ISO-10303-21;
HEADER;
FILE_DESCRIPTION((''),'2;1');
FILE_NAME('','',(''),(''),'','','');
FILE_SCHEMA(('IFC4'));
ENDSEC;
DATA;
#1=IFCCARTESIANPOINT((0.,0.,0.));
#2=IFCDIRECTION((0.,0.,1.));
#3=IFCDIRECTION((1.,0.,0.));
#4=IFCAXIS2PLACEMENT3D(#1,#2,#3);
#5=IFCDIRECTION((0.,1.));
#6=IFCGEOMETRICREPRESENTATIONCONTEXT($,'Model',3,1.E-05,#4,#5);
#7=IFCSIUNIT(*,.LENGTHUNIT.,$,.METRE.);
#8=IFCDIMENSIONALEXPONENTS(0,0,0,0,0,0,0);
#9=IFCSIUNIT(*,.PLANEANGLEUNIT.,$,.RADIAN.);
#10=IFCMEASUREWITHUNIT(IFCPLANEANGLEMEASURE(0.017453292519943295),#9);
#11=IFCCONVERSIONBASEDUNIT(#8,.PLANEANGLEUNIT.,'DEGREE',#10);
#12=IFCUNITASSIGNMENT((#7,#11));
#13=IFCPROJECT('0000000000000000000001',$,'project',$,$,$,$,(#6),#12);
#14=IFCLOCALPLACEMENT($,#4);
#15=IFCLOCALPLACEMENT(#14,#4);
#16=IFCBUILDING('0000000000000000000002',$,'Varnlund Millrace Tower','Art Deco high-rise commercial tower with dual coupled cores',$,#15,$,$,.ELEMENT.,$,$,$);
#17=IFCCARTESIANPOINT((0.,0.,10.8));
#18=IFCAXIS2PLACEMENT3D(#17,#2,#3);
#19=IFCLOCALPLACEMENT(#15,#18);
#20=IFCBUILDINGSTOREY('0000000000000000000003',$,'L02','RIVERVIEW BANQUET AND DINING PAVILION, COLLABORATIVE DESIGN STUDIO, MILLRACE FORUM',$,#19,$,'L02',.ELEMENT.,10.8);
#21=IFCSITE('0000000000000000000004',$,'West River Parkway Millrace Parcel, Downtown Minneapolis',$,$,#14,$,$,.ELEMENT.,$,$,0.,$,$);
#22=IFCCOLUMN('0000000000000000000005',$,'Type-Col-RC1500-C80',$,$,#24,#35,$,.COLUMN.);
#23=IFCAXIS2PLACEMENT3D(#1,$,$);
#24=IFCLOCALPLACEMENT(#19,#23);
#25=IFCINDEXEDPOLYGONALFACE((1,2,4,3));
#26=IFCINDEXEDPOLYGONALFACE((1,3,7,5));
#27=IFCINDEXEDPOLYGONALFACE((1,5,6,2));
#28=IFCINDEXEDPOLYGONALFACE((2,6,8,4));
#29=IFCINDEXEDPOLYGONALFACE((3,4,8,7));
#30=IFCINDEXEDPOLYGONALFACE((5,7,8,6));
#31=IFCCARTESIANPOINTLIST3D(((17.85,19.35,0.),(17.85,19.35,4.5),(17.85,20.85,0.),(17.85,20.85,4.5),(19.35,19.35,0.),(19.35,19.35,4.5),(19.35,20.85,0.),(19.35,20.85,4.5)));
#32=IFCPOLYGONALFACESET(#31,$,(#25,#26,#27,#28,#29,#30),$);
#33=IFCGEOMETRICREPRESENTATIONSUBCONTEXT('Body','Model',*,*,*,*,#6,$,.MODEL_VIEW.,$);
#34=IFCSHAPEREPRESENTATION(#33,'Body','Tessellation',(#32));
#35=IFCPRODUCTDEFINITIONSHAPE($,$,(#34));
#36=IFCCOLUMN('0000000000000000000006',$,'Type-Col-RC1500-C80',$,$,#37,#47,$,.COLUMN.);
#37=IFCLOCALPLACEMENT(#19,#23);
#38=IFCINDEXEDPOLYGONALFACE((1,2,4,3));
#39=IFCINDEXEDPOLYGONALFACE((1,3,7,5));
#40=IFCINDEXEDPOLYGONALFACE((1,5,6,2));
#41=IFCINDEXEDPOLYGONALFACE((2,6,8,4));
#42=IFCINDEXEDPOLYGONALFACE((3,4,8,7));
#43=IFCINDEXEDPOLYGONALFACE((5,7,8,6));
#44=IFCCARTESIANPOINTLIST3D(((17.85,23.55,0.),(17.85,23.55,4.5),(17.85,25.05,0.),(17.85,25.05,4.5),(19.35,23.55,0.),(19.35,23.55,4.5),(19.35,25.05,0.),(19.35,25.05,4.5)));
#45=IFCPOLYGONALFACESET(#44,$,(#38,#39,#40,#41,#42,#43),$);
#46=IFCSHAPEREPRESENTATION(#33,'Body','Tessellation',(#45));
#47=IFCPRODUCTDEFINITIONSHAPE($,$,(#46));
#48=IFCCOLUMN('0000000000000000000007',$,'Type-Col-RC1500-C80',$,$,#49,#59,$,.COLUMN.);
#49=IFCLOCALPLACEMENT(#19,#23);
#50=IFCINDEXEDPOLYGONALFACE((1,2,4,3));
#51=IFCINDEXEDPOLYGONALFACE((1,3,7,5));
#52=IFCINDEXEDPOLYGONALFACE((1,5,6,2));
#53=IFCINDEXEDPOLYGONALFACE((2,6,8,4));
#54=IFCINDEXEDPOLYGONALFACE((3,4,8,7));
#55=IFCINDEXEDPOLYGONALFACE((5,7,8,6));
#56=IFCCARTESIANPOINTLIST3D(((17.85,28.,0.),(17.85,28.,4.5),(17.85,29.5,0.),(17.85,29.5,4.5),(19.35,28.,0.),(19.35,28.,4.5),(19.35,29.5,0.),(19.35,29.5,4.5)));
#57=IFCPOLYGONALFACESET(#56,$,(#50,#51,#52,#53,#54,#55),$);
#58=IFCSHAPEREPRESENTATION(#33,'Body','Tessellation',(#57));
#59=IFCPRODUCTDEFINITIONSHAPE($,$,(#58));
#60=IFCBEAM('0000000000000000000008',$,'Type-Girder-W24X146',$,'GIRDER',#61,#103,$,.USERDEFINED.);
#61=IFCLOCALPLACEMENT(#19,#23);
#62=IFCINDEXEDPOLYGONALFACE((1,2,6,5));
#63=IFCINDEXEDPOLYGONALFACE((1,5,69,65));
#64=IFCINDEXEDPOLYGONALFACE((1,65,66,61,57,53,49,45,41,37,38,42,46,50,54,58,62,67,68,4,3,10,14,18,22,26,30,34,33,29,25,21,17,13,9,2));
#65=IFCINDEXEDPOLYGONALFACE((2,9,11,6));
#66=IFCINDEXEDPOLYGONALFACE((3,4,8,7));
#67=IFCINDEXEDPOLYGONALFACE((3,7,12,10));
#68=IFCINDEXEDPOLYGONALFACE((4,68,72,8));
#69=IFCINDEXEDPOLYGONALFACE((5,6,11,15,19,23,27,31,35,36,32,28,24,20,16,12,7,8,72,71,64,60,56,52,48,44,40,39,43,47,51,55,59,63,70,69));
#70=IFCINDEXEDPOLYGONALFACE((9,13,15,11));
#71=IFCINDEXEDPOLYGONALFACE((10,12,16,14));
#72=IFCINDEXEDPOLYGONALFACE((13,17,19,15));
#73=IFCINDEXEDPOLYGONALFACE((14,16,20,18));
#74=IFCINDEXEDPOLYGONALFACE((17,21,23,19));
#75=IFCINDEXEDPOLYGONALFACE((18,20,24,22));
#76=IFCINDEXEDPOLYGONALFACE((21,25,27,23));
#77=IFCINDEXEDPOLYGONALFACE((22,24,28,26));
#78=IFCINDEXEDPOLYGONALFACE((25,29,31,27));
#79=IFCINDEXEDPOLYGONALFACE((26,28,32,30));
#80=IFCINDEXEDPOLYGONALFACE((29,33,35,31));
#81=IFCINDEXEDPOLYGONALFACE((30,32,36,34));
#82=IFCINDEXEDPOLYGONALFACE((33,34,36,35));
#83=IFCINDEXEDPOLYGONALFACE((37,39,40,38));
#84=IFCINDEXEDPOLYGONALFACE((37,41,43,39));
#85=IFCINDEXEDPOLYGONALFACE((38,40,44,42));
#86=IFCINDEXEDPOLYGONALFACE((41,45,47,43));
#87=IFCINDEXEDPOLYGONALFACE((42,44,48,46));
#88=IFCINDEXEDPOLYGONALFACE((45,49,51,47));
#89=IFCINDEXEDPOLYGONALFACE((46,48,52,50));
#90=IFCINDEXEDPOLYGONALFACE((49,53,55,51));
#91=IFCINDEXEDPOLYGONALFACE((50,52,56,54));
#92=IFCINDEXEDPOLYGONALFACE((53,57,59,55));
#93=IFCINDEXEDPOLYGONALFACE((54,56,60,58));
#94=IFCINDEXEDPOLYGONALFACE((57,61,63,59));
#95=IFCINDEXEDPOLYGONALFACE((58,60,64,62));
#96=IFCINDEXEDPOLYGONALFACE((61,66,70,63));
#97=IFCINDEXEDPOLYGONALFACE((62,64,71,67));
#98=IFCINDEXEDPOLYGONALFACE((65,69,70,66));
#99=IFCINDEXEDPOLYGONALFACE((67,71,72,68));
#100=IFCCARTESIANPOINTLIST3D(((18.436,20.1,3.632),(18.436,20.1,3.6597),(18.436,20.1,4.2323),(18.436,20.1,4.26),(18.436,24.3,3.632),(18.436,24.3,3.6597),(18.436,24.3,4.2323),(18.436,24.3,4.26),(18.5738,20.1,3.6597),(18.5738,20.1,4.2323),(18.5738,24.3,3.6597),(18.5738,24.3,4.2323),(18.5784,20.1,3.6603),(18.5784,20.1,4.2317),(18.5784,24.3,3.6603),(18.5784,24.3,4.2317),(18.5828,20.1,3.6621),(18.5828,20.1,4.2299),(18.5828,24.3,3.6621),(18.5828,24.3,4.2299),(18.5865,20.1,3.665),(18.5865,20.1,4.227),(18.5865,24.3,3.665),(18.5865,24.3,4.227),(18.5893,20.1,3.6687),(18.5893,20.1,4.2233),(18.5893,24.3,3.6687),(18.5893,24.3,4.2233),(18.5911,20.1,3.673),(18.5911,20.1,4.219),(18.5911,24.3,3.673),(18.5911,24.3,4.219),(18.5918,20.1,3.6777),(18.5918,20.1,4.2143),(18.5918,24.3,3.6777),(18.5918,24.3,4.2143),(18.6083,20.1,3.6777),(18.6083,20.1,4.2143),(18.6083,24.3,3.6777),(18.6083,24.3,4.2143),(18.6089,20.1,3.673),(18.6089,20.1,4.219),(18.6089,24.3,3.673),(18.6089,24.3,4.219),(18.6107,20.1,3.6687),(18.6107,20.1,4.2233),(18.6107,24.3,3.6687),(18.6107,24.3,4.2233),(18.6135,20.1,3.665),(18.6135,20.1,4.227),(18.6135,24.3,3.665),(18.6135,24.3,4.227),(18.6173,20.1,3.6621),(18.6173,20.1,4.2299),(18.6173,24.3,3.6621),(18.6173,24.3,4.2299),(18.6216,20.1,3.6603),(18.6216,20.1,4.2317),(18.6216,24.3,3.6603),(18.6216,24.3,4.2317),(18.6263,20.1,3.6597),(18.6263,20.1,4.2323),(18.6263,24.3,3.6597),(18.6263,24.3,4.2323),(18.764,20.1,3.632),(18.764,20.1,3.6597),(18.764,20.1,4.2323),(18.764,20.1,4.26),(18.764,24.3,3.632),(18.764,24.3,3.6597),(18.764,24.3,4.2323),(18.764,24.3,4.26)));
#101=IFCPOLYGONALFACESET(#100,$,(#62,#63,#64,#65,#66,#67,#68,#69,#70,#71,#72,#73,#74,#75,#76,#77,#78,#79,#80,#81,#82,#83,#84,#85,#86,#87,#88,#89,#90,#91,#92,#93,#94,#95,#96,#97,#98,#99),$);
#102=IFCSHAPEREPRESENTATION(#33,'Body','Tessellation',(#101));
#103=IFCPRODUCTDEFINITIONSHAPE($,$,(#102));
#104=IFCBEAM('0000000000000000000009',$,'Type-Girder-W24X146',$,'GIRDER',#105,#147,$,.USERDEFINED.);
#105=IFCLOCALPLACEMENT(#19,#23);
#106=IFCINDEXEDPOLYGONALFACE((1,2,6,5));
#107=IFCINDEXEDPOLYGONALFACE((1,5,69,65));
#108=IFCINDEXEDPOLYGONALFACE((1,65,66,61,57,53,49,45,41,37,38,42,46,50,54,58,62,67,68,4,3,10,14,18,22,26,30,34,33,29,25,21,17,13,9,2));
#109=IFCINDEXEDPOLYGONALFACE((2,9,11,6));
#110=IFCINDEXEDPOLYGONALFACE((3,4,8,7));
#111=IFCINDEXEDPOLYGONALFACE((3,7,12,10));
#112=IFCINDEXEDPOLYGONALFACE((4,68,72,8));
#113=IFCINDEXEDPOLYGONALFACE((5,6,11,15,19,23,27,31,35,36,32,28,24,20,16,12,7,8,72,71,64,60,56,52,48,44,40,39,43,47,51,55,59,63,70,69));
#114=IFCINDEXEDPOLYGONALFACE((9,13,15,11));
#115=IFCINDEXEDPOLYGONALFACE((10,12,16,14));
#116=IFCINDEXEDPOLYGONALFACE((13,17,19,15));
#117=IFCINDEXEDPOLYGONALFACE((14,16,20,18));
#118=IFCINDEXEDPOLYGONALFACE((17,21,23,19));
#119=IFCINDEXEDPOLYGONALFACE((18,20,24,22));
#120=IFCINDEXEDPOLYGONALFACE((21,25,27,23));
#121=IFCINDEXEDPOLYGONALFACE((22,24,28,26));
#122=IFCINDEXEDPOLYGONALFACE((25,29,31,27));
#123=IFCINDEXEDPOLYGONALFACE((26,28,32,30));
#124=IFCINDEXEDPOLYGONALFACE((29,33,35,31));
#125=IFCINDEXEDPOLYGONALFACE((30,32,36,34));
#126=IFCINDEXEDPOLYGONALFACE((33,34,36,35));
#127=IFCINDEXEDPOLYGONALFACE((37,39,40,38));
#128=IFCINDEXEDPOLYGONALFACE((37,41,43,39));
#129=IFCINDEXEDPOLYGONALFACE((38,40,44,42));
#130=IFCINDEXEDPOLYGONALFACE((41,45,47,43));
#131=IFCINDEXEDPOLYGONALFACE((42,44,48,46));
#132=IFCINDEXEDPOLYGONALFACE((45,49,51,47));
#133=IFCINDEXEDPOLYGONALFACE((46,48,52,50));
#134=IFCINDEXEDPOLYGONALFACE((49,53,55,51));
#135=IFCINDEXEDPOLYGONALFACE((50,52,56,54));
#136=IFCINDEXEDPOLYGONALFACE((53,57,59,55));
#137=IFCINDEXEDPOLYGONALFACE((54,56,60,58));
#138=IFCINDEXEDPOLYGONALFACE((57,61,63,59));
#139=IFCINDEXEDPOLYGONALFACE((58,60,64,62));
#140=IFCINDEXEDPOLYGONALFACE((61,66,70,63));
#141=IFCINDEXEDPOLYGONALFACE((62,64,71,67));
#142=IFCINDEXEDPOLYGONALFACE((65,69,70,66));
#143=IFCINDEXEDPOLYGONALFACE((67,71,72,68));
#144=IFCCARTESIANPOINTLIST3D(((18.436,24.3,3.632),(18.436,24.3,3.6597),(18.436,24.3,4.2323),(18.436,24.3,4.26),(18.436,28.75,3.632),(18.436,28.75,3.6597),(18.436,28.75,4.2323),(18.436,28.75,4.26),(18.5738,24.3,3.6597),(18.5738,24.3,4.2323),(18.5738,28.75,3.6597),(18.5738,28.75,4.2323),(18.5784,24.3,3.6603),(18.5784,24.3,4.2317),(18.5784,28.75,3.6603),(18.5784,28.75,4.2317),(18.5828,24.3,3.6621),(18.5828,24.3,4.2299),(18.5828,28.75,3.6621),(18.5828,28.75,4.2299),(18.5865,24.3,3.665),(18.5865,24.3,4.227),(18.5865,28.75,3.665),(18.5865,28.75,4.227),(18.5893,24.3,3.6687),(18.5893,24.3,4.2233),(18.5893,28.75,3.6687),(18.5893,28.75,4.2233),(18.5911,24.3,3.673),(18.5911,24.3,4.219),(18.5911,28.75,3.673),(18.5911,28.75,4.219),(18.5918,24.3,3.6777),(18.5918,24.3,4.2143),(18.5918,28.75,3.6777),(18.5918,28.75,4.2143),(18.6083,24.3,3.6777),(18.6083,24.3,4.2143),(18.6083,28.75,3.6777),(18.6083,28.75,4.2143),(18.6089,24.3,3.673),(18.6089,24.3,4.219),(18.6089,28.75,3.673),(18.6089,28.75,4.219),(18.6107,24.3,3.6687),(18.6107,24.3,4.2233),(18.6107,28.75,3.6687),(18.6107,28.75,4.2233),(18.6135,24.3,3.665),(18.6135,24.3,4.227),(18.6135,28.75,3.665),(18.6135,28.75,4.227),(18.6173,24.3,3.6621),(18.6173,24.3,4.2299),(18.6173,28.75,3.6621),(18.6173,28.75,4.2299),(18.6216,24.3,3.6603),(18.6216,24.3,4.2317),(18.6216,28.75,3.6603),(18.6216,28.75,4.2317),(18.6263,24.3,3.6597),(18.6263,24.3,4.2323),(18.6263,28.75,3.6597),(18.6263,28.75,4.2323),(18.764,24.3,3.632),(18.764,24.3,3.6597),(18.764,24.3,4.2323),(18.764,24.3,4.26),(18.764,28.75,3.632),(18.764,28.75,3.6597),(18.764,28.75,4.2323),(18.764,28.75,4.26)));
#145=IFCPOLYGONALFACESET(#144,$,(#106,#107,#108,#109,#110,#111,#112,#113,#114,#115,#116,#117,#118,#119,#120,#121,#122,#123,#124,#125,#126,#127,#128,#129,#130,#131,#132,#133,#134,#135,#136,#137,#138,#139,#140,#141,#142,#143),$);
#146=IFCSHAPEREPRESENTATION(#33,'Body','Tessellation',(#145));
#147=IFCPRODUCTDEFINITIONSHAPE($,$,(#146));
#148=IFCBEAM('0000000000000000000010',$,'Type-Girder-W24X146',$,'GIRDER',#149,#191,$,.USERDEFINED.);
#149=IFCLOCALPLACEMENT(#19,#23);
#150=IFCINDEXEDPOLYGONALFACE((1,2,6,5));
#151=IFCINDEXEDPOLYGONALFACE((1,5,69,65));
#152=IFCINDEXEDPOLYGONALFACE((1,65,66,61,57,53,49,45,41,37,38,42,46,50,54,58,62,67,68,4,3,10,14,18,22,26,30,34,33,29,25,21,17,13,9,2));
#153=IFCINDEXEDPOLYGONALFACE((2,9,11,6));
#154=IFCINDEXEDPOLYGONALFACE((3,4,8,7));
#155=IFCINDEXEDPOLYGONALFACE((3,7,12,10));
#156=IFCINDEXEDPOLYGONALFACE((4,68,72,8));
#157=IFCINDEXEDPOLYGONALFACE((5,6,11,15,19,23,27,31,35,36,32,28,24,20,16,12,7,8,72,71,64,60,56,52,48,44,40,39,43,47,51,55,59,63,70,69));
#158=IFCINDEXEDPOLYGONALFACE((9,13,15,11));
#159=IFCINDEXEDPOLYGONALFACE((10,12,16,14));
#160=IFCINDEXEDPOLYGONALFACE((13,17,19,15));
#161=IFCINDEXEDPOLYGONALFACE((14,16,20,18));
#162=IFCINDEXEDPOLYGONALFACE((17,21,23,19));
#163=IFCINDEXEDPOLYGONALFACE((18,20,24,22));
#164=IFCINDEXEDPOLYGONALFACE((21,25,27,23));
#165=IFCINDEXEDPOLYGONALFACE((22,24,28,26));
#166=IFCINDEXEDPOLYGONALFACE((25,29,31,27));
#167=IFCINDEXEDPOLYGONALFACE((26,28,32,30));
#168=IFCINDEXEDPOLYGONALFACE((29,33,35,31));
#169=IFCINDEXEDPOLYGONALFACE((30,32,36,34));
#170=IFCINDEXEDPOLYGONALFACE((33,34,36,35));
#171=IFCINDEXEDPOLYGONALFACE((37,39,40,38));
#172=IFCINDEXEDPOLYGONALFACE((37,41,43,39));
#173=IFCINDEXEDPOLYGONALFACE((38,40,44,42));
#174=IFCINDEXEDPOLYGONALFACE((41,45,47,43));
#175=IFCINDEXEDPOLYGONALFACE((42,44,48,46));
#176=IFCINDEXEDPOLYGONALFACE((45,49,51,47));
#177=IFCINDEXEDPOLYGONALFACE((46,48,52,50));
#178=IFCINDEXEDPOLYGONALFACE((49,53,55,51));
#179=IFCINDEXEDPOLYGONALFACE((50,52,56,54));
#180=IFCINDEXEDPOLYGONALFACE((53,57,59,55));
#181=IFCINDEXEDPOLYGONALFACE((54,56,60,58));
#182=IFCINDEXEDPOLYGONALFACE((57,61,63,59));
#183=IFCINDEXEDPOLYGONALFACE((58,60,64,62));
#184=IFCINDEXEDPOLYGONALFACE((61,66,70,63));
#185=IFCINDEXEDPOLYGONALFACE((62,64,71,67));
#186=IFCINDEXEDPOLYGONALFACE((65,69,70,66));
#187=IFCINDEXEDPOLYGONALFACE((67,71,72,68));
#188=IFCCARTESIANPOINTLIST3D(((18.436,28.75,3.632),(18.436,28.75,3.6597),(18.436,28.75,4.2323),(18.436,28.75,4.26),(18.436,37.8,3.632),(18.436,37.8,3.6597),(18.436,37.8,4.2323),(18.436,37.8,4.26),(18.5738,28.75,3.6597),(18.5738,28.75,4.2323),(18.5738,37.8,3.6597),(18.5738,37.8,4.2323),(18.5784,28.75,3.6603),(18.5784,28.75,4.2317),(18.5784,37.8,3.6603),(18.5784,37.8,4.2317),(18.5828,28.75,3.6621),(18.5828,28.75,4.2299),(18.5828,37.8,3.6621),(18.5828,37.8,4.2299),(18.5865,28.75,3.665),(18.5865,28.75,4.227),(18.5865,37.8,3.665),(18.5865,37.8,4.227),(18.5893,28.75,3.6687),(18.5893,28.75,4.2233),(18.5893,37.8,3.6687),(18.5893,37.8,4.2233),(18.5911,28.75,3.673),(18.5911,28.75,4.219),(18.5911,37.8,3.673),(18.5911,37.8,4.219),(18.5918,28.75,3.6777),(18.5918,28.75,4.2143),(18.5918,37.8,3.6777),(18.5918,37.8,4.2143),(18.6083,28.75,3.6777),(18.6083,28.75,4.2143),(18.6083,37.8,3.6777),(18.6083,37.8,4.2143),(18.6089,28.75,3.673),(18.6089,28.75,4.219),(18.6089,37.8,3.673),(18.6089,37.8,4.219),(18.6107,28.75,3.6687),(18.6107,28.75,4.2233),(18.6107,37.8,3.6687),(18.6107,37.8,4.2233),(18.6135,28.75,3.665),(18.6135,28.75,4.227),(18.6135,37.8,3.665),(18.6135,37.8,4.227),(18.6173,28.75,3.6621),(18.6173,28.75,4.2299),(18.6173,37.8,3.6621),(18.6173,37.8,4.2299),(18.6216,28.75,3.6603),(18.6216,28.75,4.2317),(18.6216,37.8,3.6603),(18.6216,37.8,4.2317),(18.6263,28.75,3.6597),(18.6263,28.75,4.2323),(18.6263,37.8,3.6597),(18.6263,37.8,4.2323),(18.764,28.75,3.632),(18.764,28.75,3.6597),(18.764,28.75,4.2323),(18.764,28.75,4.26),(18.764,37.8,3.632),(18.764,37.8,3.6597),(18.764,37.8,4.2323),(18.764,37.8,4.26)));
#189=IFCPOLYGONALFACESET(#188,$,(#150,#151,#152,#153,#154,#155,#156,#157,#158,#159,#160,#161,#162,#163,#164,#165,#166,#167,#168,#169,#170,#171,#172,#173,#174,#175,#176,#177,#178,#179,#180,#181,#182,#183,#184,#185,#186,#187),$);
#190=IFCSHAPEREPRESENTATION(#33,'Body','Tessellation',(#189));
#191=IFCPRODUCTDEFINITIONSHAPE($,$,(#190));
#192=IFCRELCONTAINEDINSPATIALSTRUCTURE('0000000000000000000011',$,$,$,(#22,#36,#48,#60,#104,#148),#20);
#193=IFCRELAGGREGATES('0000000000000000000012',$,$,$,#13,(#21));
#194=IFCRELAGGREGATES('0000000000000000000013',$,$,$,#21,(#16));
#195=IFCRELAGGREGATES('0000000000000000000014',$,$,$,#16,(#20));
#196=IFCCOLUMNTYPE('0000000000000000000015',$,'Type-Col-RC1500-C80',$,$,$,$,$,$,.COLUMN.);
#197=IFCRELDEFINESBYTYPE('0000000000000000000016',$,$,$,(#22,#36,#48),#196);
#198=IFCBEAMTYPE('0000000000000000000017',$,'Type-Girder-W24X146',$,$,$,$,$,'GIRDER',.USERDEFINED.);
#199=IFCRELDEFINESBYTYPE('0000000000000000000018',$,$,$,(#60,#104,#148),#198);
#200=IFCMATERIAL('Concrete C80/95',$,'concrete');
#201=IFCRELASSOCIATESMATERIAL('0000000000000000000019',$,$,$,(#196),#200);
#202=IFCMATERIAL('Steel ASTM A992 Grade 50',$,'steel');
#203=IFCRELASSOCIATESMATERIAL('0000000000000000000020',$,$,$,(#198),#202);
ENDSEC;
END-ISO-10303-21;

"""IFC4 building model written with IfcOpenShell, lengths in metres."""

from ifc_helpers import new_model, entity, si_unit, converted_unit, direction, frame, origin_with_axes, origin_2d_with_axis, place, context, subcontext, project, spatial, rectangle, i_section, extrude, material, material_profile, profile_set, type_object, element, save


model = new_model("IFC4")

# Units and contexts
model_context = context("Model", 3, precision=1e-05, world=origin_with_axes(), true_north=direction((0.0, 1.0)))
body_context = subcontext(model_context, "Body", "Model", "MODEL_VIEW")
ifc_project = project(units=[si_unit("LENGTHUNIT", "METRE"), converted_unit("PLANEANGLEUNIT", "DEGREE", entity("IfcPlaneAngleMeasure", 0.017453292519943295), si_unit("PLANEANGLEUNIT", "RADIAN"), dimensions=[0, 0, 0, 0, 0, 0, 0])], contexts=[model_context])

# Site, building, storey
site_placement = place(None, origin_with_axes())
site = spatial("IfcSite", under=ifc_project, at=site_placement, Name="West River Parkway Millrace Parcel, Downtown Minneapolis", CompositionType="ELEMENT", RefElevation=0.0)
building_placement = place(site_placement, origin_with_axes())
building = spatial("IfcBuilding", under=site, at=building_placement, Name="Varnlund Millrace Tower", Description="Art Deco high-rise commercial tower with dual coupled cores", CompositionType="ELEMENT")
storey_placement = place(building_placement, frame((0.0, 0.0, 10.8), z_axis=(0.0, 0.0, 1.0), x_axis=(1.0, 0.0, 0.0)))
storey = spatial("IfcBuildingStorey", under=building, at=storey_placement, Name="L02", Description="RIVERVIEW BANQUET AND DINING PAVILION, COLLABORATIVE DESIGN STUDIO, MILLRACE FORUM", LongName="L02", CompositionType="ELEMENT", Elevation=10.8)

# Columns
ifc_material_1 = material(Name="Concrete C80/95", Category="concrete")
ifc_material_profile_1 = material_profile(ifc_material_1, rectangle(XDim=1.5, YDim=1.5, at=origin_2d_with_axis()), Name="Concrete C80/95")
ifc_profile_set_1 = profile_set([ifc_material_profile_1], Name="Concrete C80/95")
column_type = type_object("IfcColumnType", Name="Type-Col-RC1500-C80", PredefinedType="COLUMN", material=ifc_profile_set_1)
for number, where, z_axis, x_axis, name in (
    (1, (18.6, 20.1, 0.0), (0.0, 0.0, 1.0), (1.0, 0.0, 0.0), "Type-Col-RC1500-C80"),
    (2, (18.6, 24.3, 0.0), (0.0, 0.0, 1.0), (1.0, 0.0, 0.0), "Type-Col-RC1500-C80"),
    (3, (18.6, 28.75, 0.0), (0.0, 0.0, 1.0), (1.0, 0.0, 0.0), "Type-Col-RC1500-C80"),
):
    element("IfcColumn", number, at=place(storey_placement, frame(where, z_axis=z_axis, x_axis=x_axis)), inside=storey, type_object=column_type, Name=name, PredefinedType="COLUMN", context=body_context, shape_type="SweptSolid", body=[
        extrude(rectangle(XDim=1.5, YDim=1.5, at=origin_2d_with_axis()), origin_with_axes(), (0.0, 0.0, 1.0), 4.5),
    ])

# Beams
ifc_material_2 = material(Name="Steel ASTM A992 Grade 50", Category="steel")
ifc_material_profile_2 = material_profile(ifc_material_2, i_section(OverallWidth=0.328, OverallDepth=0.628, WebThickness=0.0165, FlangeThickness=0.0277, FilletRadius=0.018, at=origin_2d_with_axis()), Name="Steel ASTM A992 Grade 50")
ifc_profile_set_2 = profile_set([ifc_material_profile_2], Name="Steel ASTM A992 Grade 50")
beam_type_1 = type_object("IfcBeamType", Name="Type-Girder-W24X146", ElementType="GIRDER", PredefinedType="USERDEFINED", material=ifc_profile_set_2)
beam_1_placement = place(storey_placement, frame((18.6, 20.1, 3.946), z_axis=(0.0, 1.0, 0.0), x_axis=(-1.0, 0.0, 0.0)))
element("IfcBeam", 4, at=beam_1_placement, inside=storey, type_object=beam_type_1, Name="Type-Girder-W24X146", ObjectType="GIRDER", PredefinedType="USERDEFINED", context=body_context, shape_type="SweptSolid", body=[
    extrude(i_section(OverallWidth=0.328, OverallDepth=0.628, WebThickness=0.0165, FlangeThickness=0.0277, FilletRadius=0.018, at=origin_2d_with_axis()), origin_with_axes(), (0.0, 0.0, 1.0), 4.2),
])
beam_2_placement = place(storey_placement, frame((18.6, 24.3, 3.946), z_axis=(0.0, 1.0, 0.0), x_axis=(-1.0, 0.0, 0.0)))
element("IfcBeam", 5, at=beam_2_placement, inside=storey, type_object=beam_type_1, Name="Type-Girder-W24X146", ObjectType="GIRDER", PredefinedType="USERDEFINED", context=body_context, shape_type="SweptSolid", body=[
    extrude(i_section(OverallWidth=0.328, OverallDepth=0.628, WebThickness=0.0165, FlangeThickness=0.0277, FilletRadius=0.018, at=origin_2d_with_axis()), origin_with_axes(), (0.0, 0.0, 1.0), 4.45),
])
beam_3_placement = place(storey_placement, frame((18.6, 28.75, 3.946), z_axis=(0.0, 1.0, 0.0), x_axis=(-1.0, 0.0, 0.0)))
element("IfcBeam", 6, at=beam_3_placement, inside=storey, type_object=beam_type_1, Name="Type-Girder-W24X146", ObjectType="GIRDER", PredefinedType="USERDEFINED", context=body_context, shape_type="SweptSolid", body=[
    extrude(i_section(OverallWidth=0.328, OverallDepth=0.628, WebThickness=0.0165, FlangeThickness=0.0277, FilletRadius=0.018, at=origin_2d_with_axis()), origin_with_axes(), (0.0, 0.0, 1.0), 9.05),
])

save(model, "model.ifc")
